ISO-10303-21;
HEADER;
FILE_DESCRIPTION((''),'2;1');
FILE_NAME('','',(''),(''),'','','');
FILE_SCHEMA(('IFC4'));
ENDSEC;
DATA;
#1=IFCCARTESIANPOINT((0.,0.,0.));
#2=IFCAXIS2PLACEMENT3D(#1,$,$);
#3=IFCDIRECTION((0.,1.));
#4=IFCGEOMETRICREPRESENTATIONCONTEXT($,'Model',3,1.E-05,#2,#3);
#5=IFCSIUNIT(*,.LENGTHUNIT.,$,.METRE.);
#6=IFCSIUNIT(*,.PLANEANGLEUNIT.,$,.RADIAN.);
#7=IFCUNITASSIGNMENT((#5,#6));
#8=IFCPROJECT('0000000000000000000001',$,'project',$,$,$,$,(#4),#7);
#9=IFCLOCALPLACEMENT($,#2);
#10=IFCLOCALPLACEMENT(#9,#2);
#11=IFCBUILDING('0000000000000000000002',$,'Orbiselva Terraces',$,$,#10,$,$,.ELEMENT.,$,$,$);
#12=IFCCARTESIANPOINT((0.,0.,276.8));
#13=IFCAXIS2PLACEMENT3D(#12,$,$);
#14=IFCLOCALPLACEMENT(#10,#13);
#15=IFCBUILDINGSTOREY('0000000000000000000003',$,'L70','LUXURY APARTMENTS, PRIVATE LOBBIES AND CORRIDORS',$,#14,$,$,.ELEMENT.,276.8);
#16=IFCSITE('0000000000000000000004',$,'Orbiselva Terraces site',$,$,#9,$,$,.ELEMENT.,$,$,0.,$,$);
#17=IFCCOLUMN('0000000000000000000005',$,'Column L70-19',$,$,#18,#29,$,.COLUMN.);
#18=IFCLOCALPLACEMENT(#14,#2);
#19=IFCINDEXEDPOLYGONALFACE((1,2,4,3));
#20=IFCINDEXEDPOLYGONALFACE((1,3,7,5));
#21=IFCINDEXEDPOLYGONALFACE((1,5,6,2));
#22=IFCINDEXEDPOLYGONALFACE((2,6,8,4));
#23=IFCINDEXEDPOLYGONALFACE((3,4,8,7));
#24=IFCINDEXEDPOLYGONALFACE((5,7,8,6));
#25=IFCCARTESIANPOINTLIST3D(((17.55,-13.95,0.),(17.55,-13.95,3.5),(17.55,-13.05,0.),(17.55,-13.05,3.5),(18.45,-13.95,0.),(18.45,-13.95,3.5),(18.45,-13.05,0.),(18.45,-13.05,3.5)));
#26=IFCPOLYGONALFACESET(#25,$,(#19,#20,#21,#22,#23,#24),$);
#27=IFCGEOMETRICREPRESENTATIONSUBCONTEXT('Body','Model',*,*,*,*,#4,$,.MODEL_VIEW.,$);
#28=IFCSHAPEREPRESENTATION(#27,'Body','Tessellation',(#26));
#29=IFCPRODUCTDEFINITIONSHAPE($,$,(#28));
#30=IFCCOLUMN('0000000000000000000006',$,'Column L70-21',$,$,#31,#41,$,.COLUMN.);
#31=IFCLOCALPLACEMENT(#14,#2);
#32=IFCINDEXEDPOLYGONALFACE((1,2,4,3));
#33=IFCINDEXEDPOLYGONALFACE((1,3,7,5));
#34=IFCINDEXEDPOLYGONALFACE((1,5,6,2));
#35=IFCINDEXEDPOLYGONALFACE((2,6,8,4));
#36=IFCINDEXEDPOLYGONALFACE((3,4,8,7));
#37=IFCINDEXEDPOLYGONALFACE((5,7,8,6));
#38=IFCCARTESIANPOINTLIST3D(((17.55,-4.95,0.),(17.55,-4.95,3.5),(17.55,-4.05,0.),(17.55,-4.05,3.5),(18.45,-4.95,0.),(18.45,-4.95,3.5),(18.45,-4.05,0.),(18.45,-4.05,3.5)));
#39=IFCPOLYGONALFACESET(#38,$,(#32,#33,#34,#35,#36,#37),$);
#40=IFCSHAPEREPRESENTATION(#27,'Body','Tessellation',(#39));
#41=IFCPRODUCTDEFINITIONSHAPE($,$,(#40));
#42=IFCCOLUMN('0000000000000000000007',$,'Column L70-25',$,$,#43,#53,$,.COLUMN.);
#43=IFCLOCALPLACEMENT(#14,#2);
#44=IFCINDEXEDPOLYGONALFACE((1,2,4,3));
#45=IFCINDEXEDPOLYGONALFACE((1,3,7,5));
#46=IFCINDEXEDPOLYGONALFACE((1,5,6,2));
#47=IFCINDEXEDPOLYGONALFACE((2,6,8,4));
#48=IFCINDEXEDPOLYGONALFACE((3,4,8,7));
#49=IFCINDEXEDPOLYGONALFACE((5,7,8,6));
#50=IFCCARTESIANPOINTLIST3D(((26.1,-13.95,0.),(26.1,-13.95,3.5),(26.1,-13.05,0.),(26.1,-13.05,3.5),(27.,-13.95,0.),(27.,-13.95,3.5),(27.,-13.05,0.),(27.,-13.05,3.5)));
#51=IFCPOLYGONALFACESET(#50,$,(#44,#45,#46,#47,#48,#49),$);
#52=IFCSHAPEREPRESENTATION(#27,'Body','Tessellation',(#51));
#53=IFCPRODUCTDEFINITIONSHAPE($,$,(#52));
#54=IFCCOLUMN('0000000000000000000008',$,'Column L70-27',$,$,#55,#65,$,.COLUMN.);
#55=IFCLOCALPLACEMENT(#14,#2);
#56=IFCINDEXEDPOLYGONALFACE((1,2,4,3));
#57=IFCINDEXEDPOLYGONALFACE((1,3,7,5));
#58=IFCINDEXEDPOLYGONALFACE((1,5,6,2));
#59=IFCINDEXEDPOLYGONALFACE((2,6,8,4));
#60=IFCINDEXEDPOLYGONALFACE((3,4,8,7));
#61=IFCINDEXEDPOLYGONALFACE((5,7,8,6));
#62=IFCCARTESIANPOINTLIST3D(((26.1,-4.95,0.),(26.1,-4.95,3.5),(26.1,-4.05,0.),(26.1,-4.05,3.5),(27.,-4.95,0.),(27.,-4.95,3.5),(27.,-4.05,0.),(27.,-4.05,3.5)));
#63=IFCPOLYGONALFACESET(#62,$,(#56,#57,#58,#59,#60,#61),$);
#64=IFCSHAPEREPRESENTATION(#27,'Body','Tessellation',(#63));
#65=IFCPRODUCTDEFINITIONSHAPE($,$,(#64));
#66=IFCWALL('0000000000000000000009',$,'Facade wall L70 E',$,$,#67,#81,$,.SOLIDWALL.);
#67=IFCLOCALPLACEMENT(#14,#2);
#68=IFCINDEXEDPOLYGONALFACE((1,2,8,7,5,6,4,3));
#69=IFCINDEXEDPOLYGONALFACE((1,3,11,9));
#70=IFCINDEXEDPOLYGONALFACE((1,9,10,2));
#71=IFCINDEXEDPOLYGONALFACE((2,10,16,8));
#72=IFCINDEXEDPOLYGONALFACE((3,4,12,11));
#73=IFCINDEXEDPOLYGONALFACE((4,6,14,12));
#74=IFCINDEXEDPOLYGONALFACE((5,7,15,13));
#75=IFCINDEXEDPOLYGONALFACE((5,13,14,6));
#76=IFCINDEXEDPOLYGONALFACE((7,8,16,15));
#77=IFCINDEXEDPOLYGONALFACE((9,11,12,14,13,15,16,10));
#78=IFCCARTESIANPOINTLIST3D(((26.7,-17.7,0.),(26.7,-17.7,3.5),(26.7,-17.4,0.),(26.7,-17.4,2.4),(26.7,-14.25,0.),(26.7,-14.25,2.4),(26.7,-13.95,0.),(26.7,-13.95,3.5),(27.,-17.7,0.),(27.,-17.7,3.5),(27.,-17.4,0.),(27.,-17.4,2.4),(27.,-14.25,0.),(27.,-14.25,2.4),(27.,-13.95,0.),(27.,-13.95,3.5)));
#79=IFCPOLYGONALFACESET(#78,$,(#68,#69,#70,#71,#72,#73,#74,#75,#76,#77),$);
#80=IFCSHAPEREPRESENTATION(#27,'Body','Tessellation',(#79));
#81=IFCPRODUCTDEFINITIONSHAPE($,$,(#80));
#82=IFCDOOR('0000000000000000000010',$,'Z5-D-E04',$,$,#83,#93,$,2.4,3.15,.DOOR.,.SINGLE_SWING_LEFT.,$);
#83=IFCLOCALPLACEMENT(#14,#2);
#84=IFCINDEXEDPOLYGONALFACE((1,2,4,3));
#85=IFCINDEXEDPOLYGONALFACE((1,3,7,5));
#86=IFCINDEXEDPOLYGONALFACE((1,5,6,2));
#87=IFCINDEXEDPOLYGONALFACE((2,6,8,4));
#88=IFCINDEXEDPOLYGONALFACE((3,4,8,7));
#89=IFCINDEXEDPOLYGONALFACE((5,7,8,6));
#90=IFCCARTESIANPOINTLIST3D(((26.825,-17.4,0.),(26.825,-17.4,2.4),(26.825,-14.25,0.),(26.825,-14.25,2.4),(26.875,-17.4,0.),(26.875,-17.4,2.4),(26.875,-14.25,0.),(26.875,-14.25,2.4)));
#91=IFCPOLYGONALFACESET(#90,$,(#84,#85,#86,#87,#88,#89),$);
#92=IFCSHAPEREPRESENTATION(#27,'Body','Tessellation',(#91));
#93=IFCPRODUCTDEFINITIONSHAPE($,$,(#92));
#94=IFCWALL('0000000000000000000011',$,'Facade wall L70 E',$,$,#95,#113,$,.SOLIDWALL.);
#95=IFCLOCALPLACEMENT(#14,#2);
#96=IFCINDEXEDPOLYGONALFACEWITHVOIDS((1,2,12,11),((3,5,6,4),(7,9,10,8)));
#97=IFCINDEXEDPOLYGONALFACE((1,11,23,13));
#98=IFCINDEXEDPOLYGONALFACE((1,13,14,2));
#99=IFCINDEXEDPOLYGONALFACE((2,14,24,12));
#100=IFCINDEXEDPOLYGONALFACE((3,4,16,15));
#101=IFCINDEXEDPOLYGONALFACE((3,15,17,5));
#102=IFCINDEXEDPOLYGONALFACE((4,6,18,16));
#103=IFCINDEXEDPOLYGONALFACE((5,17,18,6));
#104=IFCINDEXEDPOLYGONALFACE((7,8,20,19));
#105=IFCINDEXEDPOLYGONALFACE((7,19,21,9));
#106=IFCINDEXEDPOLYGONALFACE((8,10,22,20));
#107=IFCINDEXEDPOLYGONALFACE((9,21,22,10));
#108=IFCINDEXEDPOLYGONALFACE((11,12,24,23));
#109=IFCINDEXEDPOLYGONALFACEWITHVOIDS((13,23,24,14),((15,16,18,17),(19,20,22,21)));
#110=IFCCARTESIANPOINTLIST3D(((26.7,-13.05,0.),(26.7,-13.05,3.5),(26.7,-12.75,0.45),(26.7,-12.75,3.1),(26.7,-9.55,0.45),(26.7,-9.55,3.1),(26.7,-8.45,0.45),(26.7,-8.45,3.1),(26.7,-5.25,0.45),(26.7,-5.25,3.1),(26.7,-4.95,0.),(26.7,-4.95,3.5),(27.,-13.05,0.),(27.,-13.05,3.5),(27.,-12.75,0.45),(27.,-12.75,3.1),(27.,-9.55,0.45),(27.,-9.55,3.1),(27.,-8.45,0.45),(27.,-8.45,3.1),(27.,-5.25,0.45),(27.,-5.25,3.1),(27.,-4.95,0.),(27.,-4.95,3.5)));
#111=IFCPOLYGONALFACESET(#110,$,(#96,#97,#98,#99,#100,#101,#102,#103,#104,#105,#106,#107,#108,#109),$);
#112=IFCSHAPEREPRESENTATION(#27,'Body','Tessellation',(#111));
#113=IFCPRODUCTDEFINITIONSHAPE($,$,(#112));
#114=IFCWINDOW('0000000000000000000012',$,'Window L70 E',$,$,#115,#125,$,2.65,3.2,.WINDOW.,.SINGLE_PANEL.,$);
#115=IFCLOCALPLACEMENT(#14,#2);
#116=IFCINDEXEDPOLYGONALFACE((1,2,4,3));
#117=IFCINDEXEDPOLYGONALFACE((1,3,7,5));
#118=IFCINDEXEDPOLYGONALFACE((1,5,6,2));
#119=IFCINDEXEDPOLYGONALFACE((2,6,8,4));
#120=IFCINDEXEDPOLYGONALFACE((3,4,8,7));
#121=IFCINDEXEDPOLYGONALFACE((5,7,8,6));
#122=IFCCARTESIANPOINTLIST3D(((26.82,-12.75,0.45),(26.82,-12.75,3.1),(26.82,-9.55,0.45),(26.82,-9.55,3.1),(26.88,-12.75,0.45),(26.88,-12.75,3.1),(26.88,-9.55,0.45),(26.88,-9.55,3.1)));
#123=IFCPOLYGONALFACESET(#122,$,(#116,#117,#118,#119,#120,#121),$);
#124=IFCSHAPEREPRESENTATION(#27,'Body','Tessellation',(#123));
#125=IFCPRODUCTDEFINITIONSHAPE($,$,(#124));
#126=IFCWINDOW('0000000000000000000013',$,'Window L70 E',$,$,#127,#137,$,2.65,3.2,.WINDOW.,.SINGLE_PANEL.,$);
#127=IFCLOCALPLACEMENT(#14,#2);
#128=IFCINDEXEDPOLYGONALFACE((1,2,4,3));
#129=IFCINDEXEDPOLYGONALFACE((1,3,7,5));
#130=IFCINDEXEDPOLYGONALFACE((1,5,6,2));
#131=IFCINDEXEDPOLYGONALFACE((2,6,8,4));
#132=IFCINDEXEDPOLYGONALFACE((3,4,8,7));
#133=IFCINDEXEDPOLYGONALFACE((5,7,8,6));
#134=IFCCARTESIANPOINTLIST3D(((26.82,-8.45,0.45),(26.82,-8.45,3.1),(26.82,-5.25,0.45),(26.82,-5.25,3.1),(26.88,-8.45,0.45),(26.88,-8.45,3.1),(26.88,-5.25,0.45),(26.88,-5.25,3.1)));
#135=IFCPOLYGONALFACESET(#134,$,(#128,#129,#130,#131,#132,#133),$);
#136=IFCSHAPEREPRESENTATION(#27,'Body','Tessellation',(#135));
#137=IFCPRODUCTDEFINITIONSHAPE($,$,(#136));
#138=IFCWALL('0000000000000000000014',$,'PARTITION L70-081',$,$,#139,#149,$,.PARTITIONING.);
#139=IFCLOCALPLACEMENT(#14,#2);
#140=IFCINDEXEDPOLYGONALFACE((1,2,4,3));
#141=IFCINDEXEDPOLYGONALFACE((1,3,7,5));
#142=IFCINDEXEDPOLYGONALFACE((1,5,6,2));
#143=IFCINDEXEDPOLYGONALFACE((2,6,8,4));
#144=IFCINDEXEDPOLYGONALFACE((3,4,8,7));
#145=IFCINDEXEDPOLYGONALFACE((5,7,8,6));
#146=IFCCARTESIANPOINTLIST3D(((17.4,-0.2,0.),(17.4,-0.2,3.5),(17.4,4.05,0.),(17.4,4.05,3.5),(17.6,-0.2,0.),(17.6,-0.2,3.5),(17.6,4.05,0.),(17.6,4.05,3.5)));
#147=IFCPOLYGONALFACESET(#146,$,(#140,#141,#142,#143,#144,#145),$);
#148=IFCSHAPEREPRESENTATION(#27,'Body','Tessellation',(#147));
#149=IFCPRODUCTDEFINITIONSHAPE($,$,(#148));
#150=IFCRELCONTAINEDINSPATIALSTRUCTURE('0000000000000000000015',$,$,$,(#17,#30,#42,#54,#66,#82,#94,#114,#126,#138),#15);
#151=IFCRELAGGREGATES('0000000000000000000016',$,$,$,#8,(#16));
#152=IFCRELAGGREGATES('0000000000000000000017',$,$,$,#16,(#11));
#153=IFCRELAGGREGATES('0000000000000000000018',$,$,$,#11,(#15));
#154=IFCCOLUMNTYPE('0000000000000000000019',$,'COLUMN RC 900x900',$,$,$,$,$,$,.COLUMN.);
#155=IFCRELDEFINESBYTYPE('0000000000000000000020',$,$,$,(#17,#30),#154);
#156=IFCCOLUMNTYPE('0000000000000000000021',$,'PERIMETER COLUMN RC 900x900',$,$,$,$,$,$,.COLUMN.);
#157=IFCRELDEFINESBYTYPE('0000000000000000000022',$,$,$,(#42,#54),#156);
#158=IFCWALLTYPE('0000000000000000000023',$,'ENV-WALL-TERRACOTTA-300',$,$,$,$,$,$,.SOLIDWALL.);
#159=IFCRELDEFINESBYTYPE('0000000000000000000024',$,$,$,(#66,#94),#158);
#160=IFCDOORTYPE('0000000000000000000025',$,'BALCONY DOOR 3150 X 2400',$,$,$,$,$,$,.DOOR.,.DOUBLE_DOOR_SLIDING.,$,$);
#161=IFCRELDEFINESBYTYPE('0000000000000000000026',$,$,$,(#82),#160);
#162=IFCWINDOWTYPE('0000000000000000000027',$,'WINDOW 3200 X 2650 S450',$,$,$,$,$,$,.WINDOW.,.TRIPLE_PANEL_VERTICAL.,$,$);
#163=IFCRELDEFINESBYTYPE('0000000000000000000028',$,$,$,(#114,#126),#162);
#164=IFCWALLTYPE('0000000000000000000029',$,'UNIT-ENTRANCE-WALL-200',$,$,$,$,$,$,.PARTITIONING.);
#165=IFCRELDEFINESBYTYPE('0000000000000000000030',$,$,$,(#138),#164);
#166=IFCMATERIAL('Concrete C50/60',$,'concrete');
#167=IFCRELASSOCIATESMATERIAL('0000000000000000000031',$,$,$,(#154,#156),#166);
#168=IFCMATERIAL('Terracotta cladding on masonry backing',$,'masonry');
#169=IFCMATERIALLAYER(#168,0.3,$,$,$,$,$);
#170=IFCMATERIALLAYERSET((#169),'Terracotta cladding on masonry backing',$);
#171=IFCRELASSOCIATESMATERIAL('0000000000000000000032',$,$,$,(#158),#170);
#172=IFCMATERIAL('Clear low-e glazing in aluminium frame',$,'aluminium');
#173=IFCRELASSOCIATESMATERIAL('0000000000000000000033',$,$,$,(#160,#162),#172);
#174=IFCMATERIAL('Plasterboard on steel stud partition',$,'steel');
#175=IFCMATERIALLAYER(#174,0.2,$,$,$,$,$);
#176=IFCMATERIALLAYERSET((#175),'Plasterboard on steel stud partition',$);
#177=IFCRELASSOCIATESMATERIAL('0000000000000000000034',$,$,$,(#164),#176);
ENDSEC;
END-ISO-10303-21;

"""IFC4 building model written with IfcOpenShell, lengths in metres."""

from ifc_helpers import new_model, si_unit, direction, frame, frame_2d, origin, origin_2d, place, context, subcontext, project, spatial, rectangle, extrude, material, layer, layer_set, material_profile, profile_set, type_object, element, fill, save


model = new_model("IFC4")

# Units and contexts
model_context = context("Model", 3, precision=1e-05, world=origin(), true_north=direction((0.0, 1.0)))
body_context = subcontext(model_context, "Body", "Model", "MODEL_VIEW")
ifc_project = project(units=[si_unit("LENGTHUNIT", "METRE"), si_unit("PLANEANGLEUNIT", "RADIAN")], contexts=[model_context])

# Site, building, storey
site_placement = place(None, origin())
site = spatial("IfcSite", under=ifc_project, at=site_placement, Name="Orbiselva Terraces site", CompositionType="ELEMENT", RefElevation=0.0)
building_placement = place(site_placement, origin())
building = spatial("IfcBuilding", under=site, at=building_placement, Name="Orbiselva Terraces", CompositionType="ELEMENT")
storey_placement = place(building_placement, frame((0.0, 0.0, 276.8)))
storey = spatial("IfcBuildingStorey", under=building, at=storey_placement, Name="L70", Description="LUXURY APARTMENTS, PRIVATE LOBBIES AND CORRIDORS", CompositionType="ELEMENT", Elevation=276.8)

# Columns
ifc_material_1 = material(Name="Concrete C50/60", Category="concrete")
ifc_material_profile_1 = material_profile(ifc_material_1, rectangle(XDim=0.9, YDim=0.9, at=origin_2d()), Name="RC 900x900")
ifc_profile_set_1 = profile_set([ifc_material_profile_1], Name="Concrete C50/60")
column_type_1 = type_object("IfcColumnType", Name="COLUMN RC 900x900", PredefinedType="COLUMN", material=ifc_profile_set_1)
for number, where, z_axis, x_axis, name in (
    (1, (18.0, -13.5, 0.0), (0.0, 0.0, 1.0), (1.0, 0.0, 0.0), "Column L70-19"),
    (2, (18.0, -4.5, 0.0), (0.0, 0.0, 1.0), (1.0, 0.0, 0.0), "Column L70-21"),
):
    element("IfcColumn", number, at=place(storey_placement, frame(where, z_axis=z_axis, x_axis=x_axis)), inside=storey, type_object=column_type_1, Name=name, PredefinedType="COLUMN", context=body_context, shape_type="SweptSolid", body=[
        extrude(rectangle(XDim=0.9, YDim=0.9, at=origin_2d()), origin(), (0.0, 0.0, 1.0), 3.5),
    ])
ifc_material_profile_2 = material_profile(ifc_material_1, rectangle(XDim=0.9, YDim=0.9, at=origin_2d()), Name="RC 900x900")
ifc_profile_set_2 = profile_set([ifc_material_profile_2], Name="Concrete C50/60")
column_type_2 = type_object("IfcColumnType", Name="PERIMETER COLUMN RC 900x900", PredefinedType="COLUMN", material=ifc_profile_set_2)
for number, where, z_axis, x_axis, name in (
    (3, (26.55, -13.5, 0.0), (0.0, 0.0, 1.0), (1.0, 0.0, 0.0), "Column L70-25"),
    (4, (26.55, -4.5, 0.0), (0.0, 0.0, 1.0), (1.0, 0.0, 0.0), "Column L70-27"),
):
    element("IfcColumn", number, at=place(storey_placement, frame(where, z_axis=z_axis, x_axis=x_axis)), inside=storey, type_object=column_type_2, Name=name, PredefinedType="COLUMN", context=body_context, shape_type="SweptSolid", body=[
        extrude(rectangle(XDim=0.9, YDim=0.9, at=origin_2d()), origin(), (0.0, 0.0, 1.0), 3.5),
    ])

# Wall, opening, door
ifc_material_2 = material(Name="Terracotta cladding on masonry backing", Category="masonry")
ifc_layer_1 = layer(ifc_material_2, 0.3)
ifc_layer_set_1 = layer_set([ifc_layer_1], Name="Terracotta cladding on masonry backing")
wall_type_1 = type_object("IfcWallType", Name="ENV-WALL-TERRACOTTA-300", PredefinedType="SOLIDWALL", material=ifc_layer_set_1)
wall_1_placement = place(storey_placement, frame((26.85, -13.95, 0.0), z_axis=(0.0, 0.0, 1.0), x_axis=(0.0, -1.0, 0.0)))
wall_1 = element("IfcWall", 5, at=wall_1_placement, inside=storey, type_object=wall_type_1, Name="Facade wall L70 E", PredefinedType="SOLIDWALL", context=body_context, shape_type="SweptSolid", body=[
    extrude(rectangle(XDim=3.75, YDim=0.3, at=frame_2d((1.875, 0.0))), origin(), (0.0, 0.0, 1.0), 3.5),
])
opening_1_placement = place(wall_1_placement, frame((0.3, 0.0, 0.0)))
opening_1 = element("IfcOpeningElement", 6, at=opening_1_placement, cuts=wall_1, PredefinedType="OPENING", context=body_context, shape_type="SweptSolid", body=[
    extrude(rectangle(XDim=3.15, YDim=2.4, at=frame_2d((1.575, 1.2))), frame((0.0, 0.16, 0.0), z_axis=(0.0, -1.0, 0.0), x_axis=(1.0, 0.0, 0.0)), (0.0, 0.0, 1.0), 0.32),
])
ifc_material_3 = material(Name="Clear low-e glazing in aluminium frame", Category="aluminium")
door_type_1 = type_object("IfcDoorType", Name="BALCONY DOOR 3150 X 2400", OperationType="DOUBLE_DOOR_SLIDING", PredefinedType="DOOR", material=ifc_material_3)
door_1_placement = place(opening_1_placement, origin())
door_1 = element("IfcDoor", 7, at=door_1_placement, inside=storey, type_object=door_type_1, Name="Z5-D-E04", OperationType="SINGLE_SWING_LEFT", OverallHeight=2.4, OverallWidth=3.15, PredefinedType="DOOR", context=body_context, shape_type="SweptSolid", body=[
    extrude(rectangle(XDim=3.15, YDim=2.4, at=frame_2d((1.575, 1.2))), frame((0.0, 0.025, 0.0), z_axis=(0.0, -1.0, 0.0), x_axis=(1.0, 0.0, 0.0)), (0.0, 0.0, 1.0), 0.05),
])
fill(opening_1, door_1)

# Wall, openings, windows
wall_2_placement = place(storey_placement, frame((26.85, -4.95, 0.0), z_axis=(0.0, 0.0, 1.0), x_axis=(0.0, -1.0, 0.0)))
wall_2 = element("IfcWall", 8, at=wall_2_placement, inside=storey, type_object=wall_type_1, Name="Facade wall L70 E", PredefinedType="SOLIDWALL", context=body_context, shape_type="SweptSolid", body=[
    extrude(rectangle(XDim=8.1, YDim=0.3, at=frame_2d((4.05, 0.0))), origin(), (0.0, 0.0, 1.0), 3.5),
])
opening_2_placement = place(wall_2_placement, frame((4.6, 0.0, 0.45)))
opening_2 = element("IfcOpeningElement", 9, at=opening_2_placement, cuts=wall_2, PredefinedType="OPENING", context=body_context, shape_type="SweptSolid", body=[
    extrude(rectangle(XDim=3.2, YDim=2.65, at=frame_2d((1.6, 1.325))), frame((0.0, 0.16, 0.0), z_axis=(0.0, -1.0, 0.0), x_axis=(1.0, 0.0, 0.0)), (0.0, 0.0, 1.0), 0.32),
])
opening_3_placement = place(wall_2_placement, frame((0.3, 0.0, 0.45)))
opening_3 = element("IfcOpeningElement", 10, at=opening_3_placement, cuts=wall_2, PredefinedType="OPENING", context=body_context, shape_type="SweptSolid", body=[
    extrude(rectangle(XDim=3.2, YDim=2.65, at=frame_2d((1.6, 1.325))), frame((0.0, 0.16, 0.0), z_axis=(0.0, -1.0, 0.0), x_axis=(1.0, 0.0, 0.0)), (0.0, 0.0, 1.0), 0.32),
])
window_type = type_object("IfcWindowType", Name="WINDOW 3200 X 2650 S450", PartitioningType="TRIPLE_PANEL_VERTICAL", PredefinedType="WINDOW", material=ifc_material_3)
window_1_placement = place(opening_2_placement, origin())
window_1 = element("IfcWindow", 11, at=window_1_placement, inside=storey, type_object=window_type, Name="Window L70 E", OverallHeight=2.65, OverallWidth=3.2, PartitioningType="SINGLE_PANEL", PredefinedType="WINDOW", context=body_context, shape_type="SweptSolid", body=[
    extrude(rectangle(XDim=3.2, YDim=2.65, at=frame_2d((1.6, 1.325))), frame((0.0, 0.03, 0.0), z_axis=(0.0, -1.0, 0.0), x_axis=(1.0, 0.0, 0.0)), (0.0, 0.0, 1.0), 0.06),
])
fill(opening_2, window_1)
window_2_placement = place(opening_3_placement, origin())
window_2 = element("IfcWindow", 12, at=window_2_placement, inside=storey, type_object=window_type, Name="Window L70 E", OverallHeight=2.65, OverallWidth=3.2, PartitioningType="SINGLE_PANEL", PredefinedType="WINDOW", context=body_context, shape_type="SweptSolid", body=[
    extrude(rectangle(XDim=3.2, YDim=2.65, at=frame_2d((1.6, 1.325))), frame((0.0, 0.03, 0.0), z_axis=(0.0, -1.0, 0.0), x_axis=(1.0, 0.0, 0.0)), (0.0, 0.0, 1.0), 0.06),
])
fill(opening_3, window_2)

# Wall
ifc_material_4 = material(Name="Plasterboard on steel stud partition", Category="steel")
ifc_layer_2 = layer(ifc_material_4, 0.2)
ifc_layer_set_2 = layer_set([ifc_layer_2], Name="Plasterboard on steel stud partition")
wall_type_2 = type_object("IfcWallType", Name="UNIT-ENTRANCE-WALL-200", PredefinedType="PARTITIONING", material=ifc_layer_set_2)
wall_3_placement = place(storey_placement, frame((17.5, -0.2, 0.0), z_axis=(0.0, 0.0, 1.0), x_axis=(0.0, 1.0, 0.0)))
element("IfcWall", 13, at=wall_3_placement, inside=storey, type_object=wall_type_2, Name="PARTITION L70-081", PredefinedType="PARTITIONING", context=body_context, shape_type="SweptSolid", body=[
    extrude(rectangle(XDim=4.25, YDim=0.2, at=frame_2d((2.125, 0.0))), origin(), (0.0, 0.0, 1.0), 3.5),
])

save(model, "model.ifc")
